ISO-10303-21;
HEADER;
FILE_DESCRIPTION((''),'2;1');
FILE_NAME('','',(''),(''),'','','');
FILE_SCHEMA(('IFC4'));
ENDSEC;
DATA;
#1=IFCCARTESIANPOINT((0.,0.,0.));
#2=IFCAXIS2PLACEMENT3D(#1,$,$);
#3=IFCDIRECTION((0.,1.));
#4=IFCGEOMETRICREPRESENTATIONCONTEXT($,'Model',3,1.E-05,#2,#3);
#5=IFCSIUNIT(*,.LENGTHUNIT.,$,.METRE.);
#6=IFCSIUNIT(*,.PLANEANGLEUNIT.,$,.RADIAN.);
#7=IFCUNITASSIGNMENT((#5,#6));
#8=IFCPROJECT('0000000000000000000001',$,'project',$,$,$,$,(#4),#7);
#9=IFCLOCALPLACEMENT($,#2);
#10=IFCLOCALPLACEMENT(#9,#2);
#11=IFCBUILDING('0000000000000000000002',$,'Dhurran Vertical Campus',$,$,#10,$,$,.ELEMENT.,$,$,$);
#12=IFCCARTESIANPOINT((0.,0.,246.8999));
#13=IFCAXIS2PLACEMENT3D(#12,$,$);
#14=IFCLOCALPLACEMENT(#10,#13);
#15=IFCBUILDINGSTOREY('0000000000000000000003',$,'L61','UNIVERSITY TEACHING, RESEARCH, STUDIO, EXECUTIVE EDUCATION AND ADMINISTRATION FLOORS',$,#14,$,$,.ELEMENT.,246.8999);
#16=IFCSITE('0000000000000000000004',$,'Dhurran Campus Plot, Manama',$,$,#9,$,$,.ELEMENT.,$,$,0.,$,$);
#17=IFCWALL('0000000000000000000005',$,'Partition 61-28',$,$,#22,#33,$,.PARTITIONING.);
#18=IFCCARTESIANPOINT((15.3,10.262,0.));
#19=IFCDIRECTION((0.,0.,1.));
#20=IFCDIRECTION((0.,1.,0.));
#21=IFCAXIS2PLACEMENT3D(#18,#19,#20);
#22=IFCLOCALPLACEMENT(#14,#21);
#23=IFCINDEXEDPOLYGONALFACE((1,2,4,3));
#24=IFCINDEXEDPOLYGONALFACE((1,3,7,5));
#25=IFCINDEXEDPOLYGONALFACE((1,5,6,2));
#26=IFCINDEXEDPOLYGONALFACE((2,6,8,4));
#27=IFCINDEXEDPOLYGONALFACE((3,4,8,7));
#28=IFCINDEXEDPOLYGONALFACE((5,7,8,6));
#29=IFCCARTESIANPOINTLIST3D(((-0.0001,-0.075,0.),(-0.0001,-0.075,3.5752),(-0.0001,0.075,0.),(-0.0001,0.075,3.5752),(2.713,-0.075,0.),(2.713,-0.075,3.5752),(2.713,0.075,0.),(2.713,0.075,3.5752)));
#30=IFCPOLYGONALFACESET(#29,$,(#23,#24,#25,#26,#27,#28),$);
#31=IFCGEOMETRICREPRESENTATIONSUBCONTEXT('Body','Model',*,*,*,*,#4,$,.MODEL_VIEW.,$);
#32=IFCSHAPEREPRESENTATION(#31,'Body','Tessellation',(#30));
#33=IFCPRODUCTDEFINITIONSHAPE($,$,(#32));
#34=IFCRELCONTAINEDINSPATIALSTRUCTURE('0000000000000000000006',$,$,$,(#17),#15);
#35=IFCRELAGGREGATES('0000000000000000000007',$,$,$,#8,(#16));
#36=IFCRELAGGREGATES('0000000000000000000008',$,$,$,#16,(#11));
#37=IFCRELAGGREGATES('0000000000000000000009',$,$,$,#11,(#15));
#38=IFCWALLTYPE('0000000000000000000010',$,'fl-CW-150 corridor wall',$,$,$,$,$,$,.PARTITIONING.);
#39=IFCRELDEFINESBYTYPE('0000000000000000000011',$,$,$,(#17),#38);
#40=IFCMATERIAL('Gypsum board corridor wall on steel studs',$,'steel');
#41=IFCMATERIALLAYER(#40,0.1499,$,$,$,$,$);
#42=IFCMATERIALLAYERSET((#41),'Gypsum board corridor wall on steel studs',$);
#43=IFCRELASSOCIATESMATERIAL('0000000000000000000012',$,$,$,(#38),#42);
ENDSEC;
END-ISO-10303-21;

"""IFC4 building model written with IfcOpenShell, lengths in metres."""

from ifc_helpers import new_model, si_unit, direction, frame, frame_2d, origin, place, context, subcontext, project, spatial, rectangle, extrude, material, layer, layer_set, type_object, element, save


model = new_model("IFC4")

# Units and contexts
model_context = context("Model", 3, precision=1e-05, world=origin(), true_north=direction((0.0, 1.0)))
body_context = subcontext(model_context, "Body", "Model", "MODEL_VIEW")
ifc_project = project(units=[si_unit("LENGTHUNIT", "METRE"), si_unit("PLANEANGLEUNIT", "RADIAN")], contexts=[model_context])

# Site, building, storey
site_placement = place(None, origin())
site = spatial("IfcSite", under=ifc_project, at=site_placement, Name="Dhurran Campus Plot, Manama", CompositionType="ELEMENT", RefElevation=0.0)
building_placement = place(site_placement, origin())
building = spatial("IfcBuilding", under=site, at=building_placement, Name="Dhurran Vertical Campus", CompositionType="ELEMENT")
storey_placement = place(building_placement, frame((0.0, 0.0, 246.8999)))
storey = spatial("IfcBuildingStorey", under=building, at=storey_placement, Name="L61", Description="UNIVERSITY TEACHING, RESEARCH, STUDIO, EXECUTIVE EDUCATION AND ADMINISTRATION FLOORS", CompositionType="ELEMENT", Elevation=246.8999)

# Shared definitions
ifc_material_1 = material(Name="Gypsum board corridor wall on steel studs", Category="steel")
ifc_layer_1 = layer(ifc_material_1, 0.1499)
ifc_layer_set_1 = layer_set([ifc_layer_1], Name="Gypsum board corridor wall on steel studs")
wall_type_1 = type_object("IfcWallType", Name="fl-CW-150 corridor wall", PredefinedType="PARTITIONING", material=ifc_layer_set_1)

# Wall
wall_1_placement = place(storey_placement, frame((15.3, 10.262, 0.0), z_axis=(0.0, 0.0, 1.0), x_axis=(0.0, 1.0, 0.0)))
element("IfcWall", 1, at=wall_1_placement, inside=storey, type_object=wall_type_1, Name="Partition 61-28", PredefinedType="PARTITIONING", context=body_context, shape_type="SweptSolid", body=[
    extrude(rectangle(XDim=2.7131, YDim=0.1499, at=frame_2d((1.3564, 0.0))), origin(), (0.0, 0.0, 1.0), 3.5752),
])

save(model, "model.ifc")
